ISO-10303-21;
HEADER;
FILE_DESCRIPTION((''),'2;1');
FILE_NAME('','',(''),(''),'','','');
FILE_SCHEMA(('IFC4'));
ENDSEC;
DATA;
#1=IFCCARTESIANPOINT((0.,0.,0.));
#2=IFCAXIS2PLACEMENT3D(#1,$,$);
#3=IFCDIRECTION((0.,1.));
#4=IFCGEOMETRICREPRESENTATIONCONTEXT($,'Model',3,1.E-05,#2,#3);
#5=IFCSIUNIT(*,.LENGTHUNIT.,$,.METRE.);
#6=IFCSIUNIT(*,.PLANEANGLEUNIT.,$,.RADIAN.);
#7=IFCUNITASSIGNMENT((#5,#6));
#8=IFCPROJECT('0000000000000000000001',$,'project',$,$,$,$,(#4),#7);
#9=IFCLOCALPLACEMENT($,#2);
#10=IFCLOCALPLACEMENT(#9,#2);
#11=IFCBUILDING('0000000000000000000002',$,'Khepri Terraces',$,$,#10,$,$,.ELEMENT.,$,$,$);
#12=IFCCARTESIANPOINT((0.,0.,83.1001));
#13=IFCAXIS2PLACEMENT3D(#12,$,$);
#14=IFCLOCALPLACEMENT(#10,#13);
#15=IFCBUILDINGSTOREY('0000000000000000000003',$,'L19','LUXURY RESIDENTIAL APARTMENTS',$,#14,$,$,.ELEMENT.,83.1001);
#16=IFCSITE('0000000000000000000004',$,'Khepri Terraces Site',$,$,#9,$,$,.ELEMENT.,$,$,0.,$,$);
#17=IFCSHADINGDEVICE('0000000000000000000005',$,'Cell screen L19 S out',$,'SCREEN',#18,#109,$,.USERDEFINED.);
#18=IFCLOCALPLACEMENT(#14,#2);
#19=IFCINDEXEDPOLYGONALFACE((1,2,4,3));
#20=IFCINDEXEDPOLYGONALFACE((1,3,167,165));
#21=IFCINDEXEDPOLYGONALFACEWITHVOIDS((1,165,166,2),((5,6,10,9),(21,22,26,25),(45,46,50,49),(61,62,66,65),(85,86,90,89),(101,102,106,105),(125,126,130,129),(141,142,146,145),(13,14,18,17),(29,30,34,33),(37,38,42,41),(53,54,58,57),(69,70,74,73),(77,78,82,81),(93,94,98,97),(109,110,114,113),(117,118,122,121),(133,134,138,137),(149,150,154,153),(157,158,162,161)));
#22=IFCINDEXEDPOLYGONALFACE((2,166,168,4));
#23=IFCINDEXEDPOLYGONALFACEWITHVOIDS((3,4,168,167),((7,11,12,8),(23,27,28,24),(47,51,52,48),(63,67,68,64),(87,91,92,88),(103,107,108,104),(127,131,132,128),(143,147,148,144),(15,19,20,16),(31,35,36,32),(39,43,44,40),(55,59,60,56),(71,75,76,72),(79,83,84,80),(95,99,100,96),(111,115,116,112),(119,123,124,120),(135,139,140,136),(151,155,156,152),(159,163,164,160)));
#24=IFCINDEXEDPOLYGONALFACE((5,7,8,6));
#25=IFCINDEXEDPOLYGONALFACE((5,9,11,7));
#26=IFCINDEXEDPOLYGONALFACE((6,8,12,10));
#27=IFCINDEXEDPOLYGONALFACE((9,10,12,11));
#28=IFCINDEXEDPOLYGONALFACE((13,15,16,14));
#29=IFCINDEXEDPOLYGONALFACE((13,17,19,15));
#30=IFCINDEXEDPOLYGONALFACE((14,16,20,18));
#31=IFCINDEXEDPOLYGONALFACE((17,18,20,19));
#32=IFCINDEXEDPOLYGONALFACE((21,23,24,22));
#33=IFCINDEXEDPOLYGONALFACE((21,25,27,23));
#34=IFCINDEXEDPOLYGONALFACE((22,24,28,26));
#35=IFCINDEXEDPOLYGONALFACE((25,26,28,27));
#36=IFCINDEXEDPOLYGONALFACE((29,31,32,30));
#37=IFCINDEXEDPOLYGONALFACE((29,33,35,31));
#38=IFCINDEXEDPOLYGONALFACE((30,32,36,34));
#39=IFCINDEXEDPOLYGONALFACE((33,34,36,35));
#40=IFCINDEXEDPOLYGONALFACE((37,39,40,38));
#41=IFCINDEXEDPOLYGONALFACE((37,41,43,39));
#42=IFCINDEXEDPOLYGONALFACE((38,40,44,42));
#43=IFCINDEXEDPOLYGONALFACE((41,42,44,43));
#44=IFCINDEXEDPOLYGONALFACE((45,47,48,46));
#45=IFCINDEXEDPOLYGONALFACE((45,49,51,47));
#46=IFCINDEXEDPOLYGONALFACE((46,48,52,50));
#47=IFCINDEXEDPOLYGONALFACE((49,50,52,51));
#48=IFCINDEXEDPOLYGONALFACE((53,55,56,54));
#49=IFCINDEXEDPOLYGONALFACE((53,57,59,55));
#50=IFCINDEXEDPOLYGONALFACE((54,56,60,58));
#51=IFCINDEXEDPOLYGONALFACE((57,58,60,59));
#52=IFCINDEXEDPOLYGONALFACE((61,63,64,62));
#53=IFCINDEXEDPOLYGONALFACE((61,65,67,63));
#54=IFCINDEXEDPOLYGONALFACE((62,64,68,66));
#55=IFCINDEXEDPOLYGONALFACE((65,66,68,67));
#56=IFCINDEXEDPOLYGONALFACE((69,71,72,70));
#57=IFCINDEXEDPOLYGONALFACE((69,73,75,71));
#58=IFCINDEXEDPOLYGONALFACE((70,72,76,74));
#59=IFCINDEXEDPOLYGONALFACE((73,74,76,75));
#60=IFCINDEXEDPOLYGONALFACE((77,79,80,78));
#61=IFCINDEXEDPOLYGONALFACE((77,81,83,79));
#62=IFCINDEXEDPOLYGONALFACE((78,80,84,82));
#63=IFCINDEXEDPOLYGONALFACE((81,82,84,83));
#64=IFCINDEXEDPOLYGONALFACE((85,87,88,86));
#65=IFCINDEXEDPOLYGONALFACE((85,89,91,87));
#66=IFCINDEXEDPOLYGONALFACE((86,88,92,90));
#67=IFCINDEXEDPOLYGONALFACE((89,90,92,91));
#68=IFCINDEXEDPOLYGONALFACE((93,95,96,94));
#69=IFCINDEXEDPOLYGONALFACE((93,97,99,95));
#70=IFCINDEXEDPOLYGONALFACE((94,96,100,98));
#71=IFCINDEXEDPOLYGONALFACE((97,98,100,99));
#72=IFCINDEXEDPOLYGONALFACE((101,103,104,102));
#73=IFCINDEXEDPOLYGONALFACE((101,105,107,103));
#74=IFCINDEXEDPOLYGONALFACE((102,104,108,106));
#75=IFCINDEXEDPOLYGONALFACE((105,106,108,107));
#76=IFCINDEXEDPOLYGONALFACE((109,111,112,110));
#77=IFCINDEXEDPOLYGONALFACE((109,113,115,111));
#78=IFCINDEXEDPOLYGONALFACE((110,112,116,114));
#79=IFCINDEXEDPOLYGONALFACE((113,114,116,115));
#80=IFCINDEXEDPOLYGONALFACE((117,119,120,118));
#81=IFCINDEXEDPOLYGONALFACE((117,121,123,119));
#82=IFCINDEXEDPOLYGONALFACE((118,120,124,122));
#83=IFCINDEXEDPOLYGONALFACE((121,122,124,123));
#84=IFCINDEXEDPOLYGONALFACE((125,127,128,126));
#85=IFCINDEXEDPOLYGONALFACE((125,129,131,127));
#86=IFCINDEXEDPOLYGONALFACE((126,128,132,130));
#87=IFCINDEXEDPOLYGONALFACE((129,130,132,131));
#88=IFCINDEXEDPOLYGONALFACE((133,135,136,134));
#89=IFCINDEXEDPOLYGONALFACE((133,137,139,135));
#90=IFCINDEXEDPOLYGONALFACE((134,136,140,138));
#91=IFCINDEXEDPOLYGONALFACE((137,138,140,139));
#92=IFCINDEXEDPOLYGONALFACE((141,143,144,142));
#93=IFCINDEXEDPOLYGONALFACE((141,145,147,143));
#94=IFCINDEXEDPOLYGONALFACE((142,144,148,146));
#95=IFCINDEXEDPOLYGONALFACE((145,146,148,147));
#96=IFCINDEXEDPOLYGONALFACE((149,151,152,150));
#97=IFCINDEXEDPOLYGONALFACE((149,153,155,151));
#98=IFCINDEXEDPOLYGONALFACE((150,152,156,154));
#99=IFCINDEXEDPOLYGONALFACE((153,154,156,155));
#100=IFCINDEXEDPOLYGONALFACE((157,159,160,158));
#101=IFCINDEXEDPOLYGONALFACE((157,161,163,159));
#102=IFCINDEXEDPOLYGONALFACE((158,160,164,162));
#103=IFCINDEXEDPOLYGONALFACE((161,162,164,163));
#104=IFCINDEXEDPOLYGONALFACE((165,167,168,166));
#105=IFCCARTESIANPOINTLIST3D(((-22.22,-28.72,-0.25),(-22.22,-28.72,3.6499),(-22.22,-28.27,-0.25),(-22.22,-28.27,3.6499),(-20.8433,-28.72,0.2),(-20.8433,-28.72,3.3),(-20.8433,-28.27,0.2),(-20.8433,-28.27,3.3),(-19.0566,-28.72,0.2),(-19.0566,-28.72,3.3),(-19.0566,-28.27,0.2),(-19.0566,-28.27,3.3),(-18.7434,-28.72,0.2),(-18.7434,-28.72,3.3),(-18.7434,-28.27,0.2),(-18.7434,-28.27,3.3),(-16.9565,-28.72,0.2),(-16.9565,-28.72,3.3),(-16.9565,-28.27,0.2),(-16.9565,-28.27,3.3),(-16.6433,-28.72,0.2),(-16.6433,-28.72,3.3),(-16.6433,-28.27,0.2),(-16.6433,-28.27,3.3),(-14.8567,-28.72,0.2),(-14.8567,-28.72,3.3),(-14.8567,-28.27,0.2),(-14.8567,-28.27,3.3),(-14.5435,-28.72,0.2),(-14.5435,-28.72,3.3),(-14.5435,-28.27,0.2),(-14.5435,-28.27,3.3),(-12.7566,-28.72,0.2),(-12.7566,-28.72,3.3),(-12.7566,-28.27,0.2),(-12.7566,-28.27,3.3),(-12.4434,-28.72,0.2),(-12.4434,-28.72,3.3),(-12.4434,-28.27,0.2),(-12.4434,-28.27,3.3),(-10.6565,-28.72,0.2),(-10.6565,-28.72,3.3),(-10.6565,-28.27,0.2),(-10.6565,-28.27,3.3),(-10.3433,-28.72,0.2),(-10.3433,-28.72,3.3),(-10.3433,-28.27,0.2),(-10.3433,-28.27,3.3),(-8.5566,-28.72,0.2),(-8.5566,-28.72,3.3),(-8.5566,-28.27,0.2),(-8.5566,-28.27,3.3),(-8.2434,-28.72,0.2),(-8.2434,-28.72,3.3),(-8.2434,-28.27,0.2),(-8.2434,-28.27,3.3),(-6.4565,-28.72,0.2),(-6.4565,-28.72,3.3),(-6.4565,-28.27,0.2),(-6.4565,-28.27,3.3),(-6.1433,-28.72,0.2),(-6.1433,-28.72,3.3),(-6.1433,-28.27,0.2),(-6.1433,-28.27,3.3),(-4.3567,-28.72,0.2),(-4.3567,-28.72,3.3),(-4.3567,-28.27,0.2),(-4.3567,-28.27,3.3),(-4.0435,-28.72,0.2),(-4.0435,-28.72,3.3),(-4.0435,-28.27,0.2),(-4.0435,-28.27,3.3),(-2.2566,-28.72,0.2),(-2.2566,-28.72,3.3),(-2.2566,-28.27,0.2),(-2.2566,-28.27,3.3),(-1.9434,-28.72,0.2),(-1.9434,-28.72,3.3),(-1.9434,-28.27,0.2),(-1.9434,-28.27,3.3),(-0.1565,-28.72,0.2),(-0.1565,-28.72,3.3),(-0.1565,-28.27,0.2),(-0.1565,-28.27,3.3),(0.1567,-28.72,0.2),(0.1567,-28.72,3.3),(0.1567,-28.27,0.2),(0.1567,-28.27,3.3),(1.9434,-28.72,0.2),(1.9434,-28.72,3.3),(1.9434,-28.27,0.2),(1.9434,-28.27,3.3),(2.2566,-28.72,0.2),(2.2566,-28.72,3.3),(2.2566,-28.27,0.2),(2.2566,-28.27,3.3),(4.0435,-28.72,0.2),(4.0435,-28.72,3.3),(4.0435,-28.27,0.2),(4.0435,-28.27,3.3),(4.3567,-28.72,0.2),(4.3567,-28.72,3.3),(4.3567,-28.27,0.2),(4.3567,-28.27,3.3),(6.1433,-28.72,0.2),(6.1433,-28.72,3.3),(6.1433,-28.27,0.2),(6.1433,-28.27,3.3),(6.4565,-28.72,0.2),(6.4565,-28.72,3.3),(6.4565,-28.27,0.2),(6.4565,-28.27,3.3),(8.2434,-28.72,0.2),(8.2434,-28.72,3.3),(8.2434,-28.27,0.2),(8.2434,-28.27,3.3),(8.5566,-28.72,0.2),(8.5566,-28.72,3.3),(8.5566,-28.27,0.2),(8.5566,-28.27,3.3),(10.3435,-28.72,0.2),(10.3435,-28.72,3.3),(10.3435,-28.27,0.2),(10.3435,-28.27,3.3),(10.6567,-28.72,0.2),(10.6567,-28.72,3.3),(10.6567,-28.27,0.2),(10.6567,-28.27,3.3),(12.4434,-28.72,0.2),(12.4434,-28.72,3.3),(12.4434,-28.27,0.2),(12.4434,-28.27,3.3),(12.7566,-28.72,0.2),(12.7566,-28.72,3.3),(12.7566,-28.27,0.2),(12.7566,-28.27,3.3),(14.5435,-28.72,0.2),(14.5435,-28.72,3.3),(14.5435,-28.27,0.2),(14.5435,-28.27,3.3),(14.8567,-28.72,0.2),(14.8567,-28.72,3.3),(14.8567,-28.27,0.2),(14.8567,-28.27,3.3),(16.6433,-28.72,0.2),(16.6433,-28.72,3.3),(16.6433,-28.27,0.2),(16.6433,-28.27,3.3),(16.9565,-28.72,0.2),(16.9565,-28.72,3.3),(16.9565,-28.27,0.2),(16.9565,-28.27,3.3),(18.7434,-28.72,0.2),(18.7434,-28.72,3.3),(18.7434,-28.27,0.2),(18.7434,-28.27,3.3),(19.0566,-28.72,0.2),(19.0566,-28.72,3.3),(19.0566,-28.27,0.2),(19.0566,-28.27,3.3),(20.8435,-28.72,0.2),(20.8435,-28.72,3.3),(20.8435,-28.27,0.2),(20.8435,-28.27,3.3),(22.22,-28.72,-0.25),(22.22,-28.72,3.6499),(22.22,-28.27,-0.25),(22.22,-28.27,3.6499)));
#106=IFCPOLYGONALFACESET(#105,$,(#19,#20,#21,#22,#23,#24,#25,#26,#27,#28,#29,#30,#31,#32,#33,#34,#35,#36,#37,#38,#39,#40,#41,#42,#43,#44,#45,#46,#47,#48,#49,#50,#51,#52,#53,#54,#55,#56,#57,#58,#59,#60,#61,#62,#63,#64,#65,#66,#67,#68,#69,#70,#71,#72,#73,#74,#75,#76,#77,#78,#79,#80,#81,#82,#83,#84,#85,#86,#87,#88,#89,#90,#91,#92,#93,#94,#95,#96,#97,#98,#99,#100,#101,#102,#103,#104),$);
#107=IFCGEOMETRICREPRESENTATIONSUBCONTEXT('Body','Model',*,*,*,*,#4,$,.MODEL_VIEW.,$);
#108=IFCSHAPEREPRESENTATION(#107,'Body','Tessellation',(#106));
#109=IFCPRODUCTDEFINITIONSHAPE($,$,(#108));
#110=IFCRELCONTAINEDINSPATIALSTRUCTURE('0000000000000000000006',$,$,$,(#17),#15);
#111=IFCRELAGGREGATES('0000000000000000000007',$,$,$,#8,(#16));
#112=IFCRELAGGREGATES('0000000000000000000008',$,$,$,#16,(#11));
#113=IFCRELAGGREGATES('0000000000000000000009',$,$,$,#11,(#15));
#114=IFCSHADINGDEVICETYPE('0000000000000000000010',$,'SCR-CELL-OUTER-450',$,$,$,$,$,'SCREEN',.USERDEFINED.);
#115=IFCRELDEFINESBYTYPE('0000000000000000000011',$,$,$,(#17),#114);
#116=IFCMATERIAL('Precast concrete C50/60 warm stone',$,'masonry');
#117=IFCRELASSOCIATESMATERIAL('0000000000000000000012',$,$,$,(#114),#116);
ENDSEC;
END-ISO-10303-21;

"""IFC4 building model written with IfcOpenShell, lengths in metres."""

from ifc_helpers import new_model, si_unit, direction, frame, origin, place, context, subcontext, project, spatial, polyline, outline, extrude, material, type_object, element, save


model = new_model("IFC4")

# Units and contexts
model_context = context("Model", 3, precision=1e-05, world=origin(), true_north=direction((0.0, 1.0)))
body_context = subcontext(model_context, "Body", "Model", "MODEL_VIEW")
ifc_project = project(units=[si_unit("LENGTHUNIT", "METRE"), si_unit("PLANEANGLEUNIT", "RADIAN")], contexts=[model_context])

# Site, building, storey
site_placement = place(None, origin())
site = spatial("IfcSite", under=ifc_project, at=site_placement, Name="Khepri Terraces Site", CompositionType="ELEMENT", RefElevation=0.0)
building_placement = place(site_placement, origin())
building = spatial("IfcBuilding", under=site, at=building_placement, Name="Khepri Terraces", CompositionType="ELEMENT")
storey_placement = place(building_placement, frame((0.0, 0.0, 83.1001)))
storey = spatial("IfcBuildingStorey", under=building, at=storey_placement, Name="L19", Description="LUXURY RESIDENTIAL APARTMENTS", CompositionType="ELEMENT", Elevation=83.1001)

# Shared definitions
ifc_material_1 = material(Name="Precast concrete C50/60 warm stone", Category="masonry")

# Shading device
shading_device_type_1 = type_object("IfcShadingDeviceType", Name="SCR-CELL-OUTER-450", ElementType="SCREEN", PredefinedType="USERDEFINED", material=ifc_material_1)
shading_device_1_placement = place(storey_placement, frame((-22.22, -28.27, -0.25), z_axis=(0.0, -1.0, 0.0), x_axis=(1.0, 0.0, 0.0)))
element("IfcShadingDevice", 1, at=shading_device_1_placement, inside=storey, type_object=shading_device_type_1, Name="Cell screen L19 S out", ObjectType="SCREEN", PredefinedType="USERDEFINED", context=body_context, shape_type="SweptSolid", body=[
    extrude(outline(polyline([(0.0, 0.0), (44.4399, 0.0), (44.4399, 3.8999), (0.0, 3.8999), (0.0, 0.0)]), holes=[polyline([(1.3767, 0.45), (3.1633, 0.45), (3.1633, 3.55), (1.3767, 3.55), (1.3767, 0.45)]), polyline([(3.4766, 0.45), (5.2634, 0.45), (5.2634, 3.55), (3.4766, 3.55), (3.4766, 0.45)]), polyline([(5.5767, 0.45), (7.3633, 0.45), (7.3633, 3.55), (5.5767, 3.55), (5.5767, 0.45)]), polyline([(7.6765, 0.45), (9.4634, 0.45), (9.4634, 3.55), (7.6765, 3.55), (7.6765, 0.45)]), polyline([(9.7766, 0.45), (11.5635, 0.45), (11.5635, 3.55), (9.7766, 3.55), (9.7766, 0.45)]), polyline([(11.8767, 0.45), (13.6633, 0.45), (13.6633, 3.55), (11.8767, 3.55), (11.8767, 0.45)]), polyline([(13.9766, 0.45), (15.7634, 0.45), (15.7634, 3.55), (13.9766, 3.55), (13.9766, 0.45)]), polyline([(16.0767, 0.45), (17.8633, 0.45), (17.8633, 3.55), (16.0767, 3.55), (16.0767, 0.45)]), polyline([(18.1765, 0.45), (19.9634, 0.45), (19.9634, 3.55), (18.1765, 3.55), (18.1765, 0.45)]), polyline([(20.2766, 0.45), (22.0635, 0.45), (22.0635, 3.55), (20.2766, 3.55), (20.2766, 0.45)]), polyline([(22.3767, 0.45), (24.1633, 0.45), (24.1633, 3.55), (22.3767, 3.55), (22.3767, 0.45)]), polyline([(24.4766, 0.45), (26.2634, 0.45), (26.2634, 3.55), (24.4766, 3.55), (24.4766, 0.45)]), polyline([(26.5767, 0.45), (28.3633, 0.45), (28.3633, 3.55), (26.5767, 3.55), (26.5767, 0.45)]), polyline([(28.6765, 0.45), (30.4634, 0.45), (30.4634, 3.55), (28.6765, 3.55), (28.6765, 0.45)]), polyline([(30.7766, 0.45), (32.5635, 0.45), (32.5635, 3.55), (30.7766, 3.55), (30.7766, 0.45)]), polyline([(32.8767, 0.45), (34.6633, 0.45), (34.6633, 3.55), (32.8767, 3.55), (32.8767, 0.45)]), polyline([(34.9766, 0.45), (36.7634, 0.45), (36.7634, 3.55), (34.9766, 3.55), (34.9766, 0.45)]), polyline([(37.0767, 0.45), (38.8633, 0.45), (38.8633, 3.55), (37.0767, 3.55), (37.0767, 0.45)]), polyline([(39.1765, 0.45), (40.9634, 0.45), (40.9634, 3.55), (39.1765, 3.55), (39.1765, 0.45)]), polyline([(41.2766, 0.45), (43.0635, 0.45), (43.0635, 3.55), (41.2766, 3.55), (41.2766, 0.45)])]), origin(), (0.0, 0.0, 1.0), 0.45),
])

save(model, "model.ifc")
